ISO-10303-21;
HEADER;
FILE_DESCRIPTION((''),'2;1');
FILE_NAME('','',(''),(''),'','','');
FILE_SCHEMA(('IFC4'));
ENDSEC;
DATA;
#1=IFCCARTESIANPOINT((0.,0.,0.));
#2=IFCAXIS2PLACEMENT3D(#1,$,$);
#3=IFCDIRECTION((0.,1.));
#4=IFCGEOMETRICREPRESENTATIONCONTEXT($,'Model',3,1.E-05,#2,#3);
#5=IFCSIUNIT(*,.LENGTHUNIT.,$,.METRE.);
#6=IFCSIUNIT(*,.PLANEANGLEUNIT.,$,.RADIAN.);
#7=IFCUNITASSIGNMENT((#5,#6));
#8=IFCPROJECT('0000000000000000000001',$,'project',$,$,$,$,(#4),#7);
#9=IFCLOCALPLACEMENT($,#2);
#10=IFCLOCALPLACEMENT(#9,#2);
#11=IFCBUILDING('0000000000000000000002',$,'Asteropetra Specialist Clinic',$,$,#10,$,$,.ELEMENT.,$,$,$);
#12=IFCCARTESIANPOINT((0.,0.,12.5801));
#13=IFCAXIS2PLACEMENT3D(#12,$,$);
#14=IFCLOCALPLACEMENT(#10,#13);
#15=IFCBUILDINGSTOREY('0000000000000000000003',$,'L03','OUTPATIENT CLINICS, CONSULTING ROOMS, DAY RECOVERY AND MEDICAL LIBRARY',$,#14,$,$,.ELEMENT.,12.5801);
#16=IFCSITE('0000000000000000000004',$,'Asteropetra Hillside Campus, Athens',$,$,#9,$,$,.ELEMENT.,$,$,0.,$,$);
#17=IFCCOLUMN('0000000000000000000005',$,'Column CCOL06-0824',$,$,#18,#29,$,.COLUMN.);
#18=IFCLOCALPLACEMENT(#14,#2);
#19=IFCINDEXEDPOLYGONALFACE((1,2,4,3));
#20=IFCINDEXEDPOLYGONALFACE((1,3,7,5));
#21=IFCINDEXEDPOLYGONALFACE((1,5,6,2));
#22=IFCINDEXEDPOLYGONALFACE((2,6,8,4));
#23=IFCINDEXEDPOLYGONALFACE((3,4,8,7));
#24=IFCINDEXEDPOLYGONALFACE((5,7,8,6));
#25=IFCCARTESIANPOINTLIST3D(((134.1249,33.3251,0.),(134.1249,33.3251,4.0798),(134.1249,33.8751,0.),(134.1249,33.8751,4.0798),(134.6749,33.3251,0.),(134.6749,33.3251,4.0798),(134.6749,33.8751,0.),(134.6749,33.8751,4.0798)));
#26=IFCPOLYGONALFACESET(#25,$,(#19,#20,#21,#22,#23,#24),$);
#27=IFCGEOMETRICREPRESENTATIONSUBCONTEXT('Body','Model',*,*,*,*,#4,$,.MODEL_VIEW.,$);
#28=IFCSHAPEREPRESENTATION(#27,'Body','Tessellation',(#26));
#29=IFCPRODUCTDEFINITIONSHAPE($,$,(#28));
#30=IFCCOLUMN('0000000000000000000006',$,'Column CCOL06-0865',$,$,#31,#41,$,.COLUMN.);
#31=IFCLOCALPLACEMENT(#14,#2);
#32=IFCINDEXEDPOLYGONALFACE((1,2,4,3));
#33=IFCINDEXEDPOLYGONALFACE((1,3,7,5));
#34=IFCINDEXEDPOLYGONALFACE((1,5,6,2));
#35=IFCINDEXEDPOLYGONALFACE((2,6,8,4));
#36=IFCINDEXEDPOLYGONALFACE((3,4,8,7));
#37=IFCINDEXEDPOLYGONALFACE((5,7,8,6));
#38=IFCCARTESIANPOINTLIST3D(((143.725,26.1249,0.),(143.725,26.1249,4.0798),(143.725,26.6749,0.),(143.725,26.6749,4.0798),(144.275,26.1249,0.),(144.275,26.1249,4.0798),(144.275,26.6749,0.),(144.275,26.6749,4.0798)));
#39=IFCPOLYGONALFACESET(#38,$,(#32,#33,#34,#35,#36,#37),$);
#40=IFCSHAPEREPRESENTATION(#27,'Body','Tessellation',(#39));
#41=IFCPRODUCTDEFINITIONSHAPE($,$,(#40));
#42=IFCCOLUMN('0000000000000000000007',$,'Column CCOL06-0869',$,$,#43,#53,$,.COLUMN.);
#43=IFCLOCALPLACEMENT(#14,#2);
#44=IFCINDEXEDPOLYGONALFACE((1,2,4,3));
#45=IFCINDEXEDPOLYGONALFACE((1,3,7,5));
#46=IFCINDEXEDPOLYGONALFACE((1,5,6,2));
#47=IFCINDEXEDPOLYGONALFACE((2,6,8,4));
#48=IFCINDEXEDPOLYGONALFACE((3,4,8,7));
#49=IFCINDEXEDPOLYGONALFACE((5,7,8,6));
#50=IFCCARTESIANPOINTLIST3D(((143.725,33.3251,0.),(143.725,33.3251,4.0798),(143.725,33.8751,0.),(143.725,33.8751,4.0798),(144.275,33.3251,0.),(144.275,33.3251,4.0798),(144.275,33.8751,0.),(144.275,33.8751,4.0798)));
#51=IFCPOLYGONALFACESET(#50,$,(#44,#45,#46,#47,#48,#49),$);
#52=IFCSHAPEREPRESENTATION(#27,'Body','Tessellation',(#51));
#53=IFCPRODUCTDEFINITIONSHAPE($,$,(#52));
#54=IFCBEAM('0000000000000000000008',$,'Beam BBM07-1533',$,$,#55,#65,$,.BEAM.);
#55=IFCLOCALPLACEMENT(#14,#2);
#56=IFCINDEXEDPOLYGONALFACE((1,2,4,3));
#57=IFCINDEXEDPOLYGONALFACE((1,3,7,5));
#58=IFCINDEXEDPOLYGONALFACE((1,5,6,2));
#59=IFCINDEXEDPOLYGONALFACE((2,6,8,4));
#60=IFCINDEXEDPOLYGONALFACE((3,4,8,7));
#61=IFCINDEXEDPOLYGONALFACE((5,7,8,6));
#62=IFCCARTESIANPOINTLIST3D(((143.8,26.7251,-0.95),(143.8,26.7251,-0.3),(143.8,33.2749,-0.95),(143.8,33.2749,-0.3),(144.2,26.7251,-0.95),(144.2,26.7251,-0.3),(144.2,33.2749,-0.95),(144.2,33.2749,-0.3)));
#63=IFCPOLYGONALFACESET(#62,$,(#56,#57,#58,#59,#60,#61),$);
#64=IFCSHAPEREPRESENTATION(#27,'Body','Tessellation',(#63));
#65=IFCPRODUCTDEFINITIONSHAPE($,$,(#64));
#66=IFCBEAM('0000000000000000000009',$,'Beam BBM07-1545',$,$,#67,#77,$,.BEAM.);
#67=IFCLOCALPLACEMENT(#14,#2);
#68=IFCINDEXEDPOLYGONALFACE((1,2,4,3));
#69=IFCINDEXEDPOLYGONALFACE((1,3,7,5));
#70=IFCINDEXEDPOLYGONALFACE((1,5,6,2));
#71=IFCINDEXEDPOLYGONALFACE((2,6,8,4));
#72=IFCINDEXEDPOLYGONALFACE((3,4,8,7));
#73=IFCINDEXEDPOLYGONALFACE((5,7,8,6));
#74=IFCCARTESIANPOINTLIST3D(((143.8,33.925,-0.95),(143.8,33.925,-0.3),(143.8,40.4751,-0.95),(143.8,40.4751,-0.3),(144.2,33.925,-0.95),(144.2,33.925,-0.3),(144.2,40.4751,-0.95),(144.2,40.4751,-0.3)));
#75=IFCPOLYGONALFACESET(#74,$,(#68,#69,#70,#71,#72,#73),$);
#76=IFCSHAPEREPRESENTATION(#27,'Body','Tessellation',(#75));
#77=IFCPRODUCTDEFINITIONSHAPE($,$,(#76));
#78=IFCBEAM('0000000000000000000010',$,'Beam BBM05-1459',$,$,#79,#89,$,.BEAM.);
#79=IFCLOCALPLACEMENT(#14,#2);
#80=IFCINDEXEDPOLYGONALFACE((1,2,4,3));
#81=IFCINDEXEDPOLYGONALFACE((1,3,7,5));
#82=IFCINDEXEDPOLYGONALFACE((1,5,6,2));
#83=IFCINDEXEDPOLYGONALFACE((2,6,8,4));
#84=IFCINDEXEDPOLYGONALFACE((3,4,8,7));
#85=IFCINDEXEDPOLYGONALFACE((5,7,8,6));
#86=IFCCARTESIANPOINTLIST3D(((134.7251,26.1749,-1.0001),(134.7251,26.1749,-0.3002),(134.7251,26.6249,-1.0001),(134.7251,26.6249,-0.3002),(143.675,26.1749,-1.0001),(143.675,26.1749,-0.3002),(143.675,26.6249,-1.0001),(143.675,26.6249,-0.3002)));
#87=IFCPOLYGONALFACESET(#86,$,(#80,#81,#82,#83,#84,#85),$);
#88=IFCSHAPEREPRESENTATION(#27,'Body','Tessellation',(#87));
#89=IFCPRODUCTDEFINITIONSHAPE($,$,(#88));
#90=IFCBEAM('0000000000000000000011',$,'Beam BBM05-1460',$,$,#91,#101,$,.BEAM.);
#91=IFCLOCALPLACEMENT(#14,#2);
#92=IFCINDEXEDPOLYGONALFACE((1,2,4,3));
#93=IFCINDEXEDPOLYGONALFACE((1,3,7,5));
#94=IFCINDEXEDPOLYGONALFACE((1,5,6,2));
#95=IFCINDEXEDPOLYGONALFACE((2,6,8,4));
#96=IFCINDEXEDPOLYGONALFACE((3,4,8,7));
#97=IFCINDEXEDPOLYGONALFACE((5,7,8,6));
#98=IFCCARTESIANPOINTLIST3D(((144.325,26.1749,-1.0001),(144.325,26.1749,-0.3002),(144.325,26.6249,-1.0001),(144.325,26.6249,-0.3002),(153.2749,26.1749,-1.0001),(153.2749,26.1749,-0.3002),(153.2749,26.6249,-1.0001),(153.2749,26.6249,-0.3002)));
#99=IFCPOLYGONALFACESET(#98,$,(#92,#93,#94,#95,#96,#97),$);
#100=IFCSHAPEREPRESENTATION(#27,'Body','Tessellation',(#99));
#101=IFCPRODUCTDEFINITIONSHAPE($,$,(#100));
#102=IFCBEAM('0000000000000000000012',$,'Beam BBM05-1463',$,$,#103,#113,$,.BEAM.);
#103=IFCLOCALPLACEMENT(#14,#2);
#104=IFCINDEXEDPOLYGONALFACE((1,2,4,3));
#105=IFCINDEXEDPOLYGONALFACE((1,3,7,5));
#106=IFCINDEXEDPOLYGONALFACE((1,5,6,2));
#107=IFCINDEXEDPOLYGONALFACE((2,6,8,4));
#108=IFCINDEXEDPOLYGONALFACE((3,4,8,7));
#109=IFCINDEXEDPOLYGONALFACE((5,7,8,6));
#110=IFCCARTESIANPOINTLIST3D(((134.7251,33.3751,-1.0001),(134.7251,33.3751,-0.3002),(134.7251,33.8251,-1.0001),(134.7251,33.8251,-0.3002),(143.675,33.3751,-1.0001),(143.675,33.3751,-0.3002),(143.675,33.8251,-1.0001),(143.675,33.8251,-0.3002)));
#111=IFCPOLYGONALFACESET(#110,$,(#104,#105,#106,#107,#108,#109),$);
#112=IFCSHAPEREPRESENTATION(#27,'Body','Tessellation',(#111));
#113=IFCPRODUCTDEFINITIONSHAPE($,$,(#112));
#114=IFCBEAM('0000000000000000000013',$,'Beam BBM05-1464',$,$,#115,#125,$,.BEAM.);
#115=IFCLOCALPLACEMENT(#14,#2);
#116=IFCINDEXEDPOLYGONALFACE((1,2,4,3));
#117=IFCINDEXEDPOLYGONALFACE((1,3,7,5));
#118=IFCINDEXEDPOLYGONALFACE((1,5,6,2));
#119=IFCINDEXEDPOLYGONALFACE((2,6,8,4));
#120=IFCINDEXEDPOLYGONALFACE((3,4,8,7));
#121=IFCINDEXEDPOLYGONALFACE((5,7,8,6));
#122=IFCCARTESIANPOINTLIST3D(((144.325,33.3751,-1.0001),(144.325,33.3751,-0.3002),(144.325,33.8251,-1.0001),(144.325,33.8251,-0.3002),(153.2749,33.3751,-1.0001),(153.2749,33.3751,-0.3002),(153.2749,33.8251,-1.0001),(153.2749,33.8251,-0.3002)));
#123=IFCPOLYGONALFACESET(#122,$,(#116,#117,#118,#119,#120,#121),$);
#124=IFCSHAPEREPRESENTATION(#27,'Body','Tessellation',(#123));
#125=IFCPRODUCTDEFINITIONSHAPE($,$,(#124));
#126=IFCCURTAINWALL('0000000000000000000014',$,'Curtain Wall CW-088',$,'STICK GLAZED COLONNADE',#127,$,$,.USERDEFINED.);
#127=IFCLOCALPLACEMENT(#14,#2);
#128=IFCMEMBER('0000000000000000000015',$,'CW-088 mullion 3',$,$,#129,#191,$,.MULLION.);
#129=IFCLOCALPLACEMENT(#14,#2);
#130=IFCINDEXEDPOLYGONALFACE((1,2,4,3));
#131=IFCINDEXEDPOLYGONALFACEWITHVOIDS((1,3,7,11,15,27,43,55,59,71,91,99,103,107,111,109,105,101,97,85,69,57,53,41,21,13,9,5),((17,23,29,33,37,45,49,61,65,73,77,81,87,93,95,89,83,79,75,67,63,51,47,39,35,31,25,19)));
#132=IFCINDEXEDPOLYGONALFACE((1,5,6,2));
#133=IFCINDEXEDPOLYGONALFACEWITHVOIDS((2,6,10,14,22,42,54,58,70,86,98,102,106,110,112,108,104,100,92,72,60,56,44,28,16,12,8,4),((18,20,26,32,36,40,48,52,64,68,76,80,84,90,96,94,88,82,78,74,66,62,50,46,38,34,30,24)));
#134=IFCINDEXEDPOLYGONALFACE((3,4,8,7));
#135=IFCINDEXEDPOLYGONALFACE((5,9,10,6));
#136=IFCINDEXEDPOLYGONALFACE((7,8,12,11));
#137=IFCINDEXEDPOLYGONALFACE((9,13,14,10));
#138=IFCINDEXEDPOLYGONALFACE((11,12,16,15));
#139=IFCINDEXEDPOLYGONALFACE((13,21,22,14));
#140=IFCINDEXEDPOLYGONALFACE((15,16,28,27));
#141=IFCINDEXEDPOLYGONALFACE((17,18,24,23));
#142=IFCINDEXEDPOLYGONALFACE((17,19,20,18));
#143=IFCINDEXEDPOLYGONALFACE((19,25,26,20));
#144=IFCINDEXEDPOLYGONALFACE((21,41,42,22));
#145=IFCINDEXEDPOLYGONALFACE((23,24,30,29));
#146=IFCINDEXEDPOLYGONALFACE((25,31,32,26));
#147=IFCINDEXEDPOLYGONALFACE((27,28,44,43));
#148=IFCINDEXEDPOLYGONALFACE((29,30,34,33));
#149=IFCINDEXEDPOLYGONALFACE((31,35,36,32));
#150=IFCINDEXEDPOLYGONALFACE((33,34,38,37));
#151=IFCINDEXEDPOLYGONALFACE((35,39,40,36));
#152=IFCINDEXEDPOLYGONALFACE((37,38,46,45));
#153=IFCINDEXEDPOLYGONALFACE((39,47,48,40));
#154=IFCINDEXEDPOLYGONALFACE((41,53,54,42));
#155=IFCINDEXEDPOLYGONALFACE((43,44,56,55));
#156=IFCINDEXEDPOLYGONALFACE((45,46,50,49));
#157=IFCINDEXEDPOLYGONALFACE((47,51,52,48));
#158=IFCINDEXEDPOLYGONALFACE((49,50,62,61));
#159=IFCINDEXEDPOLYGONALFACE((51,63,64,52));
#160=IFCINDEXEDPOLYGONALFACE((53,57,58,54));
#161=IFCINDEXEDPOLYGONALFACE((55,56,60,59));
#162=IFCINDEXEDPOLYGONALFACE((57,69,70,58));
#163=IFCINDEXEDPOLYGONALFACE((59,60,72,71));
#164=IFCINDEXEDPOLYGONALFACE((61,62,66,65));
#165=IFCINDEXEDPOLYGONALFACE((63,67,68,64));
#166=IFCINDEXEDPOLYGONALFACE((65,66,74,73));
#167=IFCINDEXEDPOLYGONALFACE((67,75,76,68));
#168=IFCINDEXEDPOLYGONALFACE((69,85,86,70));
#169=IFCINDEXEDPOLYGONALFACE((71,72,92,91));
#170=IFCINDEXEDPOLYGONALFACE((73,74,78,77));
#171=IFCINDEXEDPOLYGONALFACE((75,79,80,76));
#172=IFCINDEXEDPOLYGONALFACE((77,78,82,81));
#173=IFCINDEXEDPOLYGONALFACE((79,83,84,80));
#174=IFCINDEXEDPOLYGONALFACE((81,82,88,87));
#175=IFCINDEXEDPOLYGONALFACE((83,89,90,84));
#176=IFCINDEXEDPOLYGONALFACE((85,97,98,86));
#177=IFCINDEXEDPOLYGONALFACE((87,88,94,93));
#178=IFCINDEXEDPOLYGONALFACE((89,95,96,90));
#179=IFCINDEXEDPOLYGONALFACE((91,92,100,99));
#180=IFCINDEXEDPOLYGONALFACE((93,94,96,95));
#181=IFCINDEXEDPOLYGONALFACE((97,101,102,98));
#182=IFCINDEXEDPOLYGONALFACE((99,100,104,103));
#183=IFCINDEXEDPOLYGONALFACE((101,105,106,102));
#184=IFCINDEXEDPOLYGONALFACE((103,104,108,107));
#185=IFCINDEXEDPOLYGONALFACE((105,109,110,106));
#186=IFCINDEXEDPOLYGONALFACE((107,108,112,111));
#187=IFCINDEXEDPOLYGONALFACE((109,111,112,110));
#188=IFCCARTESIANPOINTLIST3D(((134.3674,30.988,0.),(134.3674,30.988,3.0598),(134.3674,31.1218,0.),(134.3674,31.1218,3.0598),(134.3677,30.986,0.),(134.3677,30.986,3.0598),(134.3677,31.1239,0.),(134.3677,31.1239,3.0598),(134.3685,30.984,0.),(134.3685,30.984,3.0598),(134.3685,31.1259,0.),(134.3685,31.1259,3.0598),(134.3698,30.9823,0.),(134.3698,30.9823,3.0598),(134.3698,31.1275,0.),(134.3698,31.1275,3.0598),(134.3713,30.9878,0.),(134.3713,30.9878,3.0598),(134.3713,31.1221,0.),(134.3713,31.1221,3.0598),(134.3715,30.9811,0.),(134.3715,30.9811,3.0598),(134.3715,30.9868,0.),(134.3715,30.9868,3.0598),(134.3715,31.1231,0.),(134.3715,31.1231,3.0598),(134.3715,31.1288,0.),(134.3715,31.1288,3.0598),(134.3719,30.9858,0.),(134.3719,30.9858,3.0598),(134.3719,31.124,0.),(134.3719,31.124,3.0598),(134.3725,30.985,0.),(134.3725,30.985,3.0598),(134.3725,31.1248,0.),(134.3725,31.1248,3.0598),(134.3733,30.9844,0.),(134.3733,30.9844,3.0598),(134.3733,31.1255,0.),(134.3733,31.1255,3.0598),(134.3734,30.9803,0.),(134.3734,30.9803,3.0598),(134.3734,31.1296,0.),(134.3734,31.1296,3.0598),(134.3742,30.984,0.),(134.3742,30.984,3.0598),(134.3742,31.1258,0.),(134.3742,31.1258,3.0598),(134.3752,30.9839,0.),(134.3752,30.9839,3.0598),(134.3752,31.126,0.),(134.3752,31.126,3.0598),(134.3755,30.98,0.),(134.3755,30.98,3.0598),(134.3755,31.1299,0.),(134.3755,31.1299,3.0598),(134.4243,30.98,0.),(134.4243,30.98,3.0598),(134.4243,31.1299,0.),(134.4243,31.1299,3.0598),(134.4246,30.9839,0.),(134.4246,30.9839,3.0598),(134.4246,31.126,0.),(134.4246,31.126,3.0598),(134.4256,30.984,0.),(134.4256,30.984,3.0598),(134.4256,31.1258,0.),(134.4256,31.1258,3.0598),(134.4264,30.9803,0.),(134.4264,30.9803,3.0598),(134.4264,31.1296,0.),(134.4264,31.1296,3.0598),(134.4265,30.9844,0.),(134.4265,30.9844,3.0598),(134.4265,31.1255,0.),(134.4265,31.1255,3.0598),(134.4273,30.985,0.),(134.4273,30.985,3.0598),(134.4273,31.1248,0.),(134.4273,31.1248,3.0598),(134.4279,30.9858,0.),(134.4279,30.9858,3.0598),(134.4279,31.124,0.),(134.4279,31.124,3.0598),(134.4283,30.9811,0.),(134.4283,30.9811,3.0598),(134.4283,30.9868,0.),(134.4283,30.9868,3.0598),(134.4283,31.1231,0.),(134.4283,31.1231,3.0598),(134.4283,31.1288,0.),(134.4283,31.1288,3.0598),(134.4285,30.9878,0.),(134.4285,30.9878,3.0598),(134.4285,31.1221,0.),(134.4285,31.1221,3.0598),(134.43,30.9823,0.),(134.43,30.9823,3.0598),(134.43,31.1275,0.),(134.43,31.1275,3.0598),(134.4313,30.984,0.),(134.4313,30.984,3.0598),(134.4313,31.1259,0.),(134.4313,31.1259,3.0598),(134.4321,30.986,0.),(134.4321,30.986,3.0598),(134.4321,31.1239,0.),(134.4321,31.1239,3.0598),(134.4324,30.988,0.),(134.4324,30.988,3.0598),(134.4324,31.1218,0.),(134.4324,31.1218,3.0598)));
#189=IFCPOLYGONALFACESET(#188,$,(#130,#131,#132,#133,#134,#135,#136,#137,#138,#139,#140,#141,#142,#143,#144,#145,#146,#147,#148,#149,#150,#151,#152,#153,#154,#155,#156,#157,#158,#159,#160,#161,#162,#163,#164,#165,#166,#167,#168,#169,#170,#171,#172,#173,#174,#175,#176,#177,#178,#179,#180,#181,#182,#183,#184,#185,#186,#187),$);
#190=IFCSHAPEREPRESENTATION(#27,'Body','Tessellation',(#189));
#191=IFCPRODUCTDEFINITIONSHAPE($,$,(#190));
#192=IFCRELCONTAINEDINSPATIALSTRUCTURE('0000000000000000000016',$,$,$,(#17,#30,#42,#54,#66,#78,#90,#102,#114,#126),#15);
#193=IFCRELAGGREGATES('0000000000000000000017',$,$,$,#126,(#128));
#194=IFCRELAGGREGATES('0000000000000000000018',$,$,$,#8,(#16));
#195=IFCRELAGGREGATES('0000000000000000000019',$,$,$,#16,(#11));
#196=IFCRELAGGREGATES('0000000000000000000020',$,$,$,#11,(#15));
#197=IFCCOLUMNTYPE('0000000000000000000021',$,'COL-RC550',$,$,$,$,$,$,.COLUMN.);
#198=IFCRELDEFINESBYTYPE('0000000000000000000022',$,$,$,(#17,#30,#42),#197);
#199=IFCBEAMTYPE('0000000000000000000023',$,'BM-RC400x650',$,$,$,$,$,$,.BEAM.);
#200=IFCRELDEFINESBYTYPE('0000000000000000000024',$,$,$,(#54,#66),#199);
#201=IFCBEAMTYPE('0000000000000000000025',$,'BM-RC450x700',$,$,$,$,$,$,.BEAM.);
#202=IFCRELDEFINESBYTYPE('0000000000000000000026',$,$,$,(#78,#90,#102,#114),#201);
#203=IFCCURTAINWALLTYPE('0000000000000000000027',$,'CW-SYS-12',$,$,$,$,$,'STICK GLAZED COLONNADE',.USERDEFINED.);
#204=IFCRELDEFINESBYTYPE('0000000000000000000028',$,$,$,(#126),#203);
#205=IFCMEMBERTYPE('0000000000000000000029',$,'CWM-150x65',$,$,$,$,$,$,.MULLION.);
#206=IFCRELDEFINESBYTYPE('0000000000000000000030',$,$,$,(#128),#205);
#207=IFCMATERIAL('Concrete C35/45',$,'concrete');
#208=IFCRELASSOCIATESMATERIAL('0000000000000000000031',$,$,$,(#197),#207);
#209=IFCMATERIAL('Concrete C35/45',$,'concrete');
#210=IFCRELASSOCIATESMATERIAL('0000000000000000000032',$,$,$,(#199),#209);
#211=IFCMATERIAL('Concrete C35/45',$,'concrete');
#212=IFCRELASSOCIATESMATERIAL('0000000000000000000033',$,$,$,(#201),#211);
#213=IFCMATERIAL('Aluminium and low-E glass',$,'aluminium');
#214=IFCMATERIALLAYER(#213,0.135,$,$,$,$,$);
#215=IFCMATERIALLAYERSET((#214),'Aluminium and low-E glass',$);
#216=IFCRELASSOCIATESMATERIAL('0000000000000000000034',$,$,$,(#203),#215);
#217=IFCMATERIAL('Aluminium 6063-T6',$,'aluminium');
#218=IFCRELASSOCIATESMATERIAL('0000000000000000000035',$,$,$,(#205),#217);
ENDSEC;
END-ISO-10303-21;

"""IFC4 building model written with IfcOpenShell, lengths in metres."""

from ifc_helpers import new_model, si_unit, direction, frame, origin, origin_2d, place, context, subcontext, project, spatial, rectangle, hollow_rectangle, extrude, material, layer, layer_set, material_profile, profile_set, type_object, element, aggregate, save


model = new_model("IFC4")

# Units and contexts
model_context = context("Model", 3, precision=1e-05, world=origin(), true_north=direction((0.0, 1.0)))
body_context = subcontext(model_context, "Body", "Model", "MODEL_VIEW")
ifc_project = project(units=[si_unit("LENGTHUNIT", "METRE"), si_unit("PLANEANGLEUNIT", "RADIAN")], contexts=[model_context])

# Site, building, storey
site_placement = place(None, origin())
site = spatial("IfcSite", under=ifc_project, at=site_placement, Name="Asteropetra Hillside Campus, Athens", CompositionType="ELEMENT", RefElevation=0.0)
building_placement = place(site_placement, origin())
building = spatial("IfcBuilding", under=site, at=building_placement, Name="Asteropetra Specialist Clinic", CompositionType="ELEMENT")
storey_placement = place(building_placement, frame((0.0, 0.0, 12.5801)))
storey = spatial("IfcBuildingStorey", under=building, at=storey_placement, Name="L03", Description="OUTPATIENT CLINICS, CONSULTING ROOMS, DAY RECOVERY AND MEDICAL LIBRARY", CompositionType="ELEMENT", Elevation=12.5801)

# Columns
ifc_material_1 = material(Name="Concrete C35/45", Category="concrete")
ifc_material_profile_1 = material_profile(ifc_material_1, rectangle(XDim=0.55, YDim=0.55, at=origin_2d()), Name="RC 550x550")
ifc_profile_set_1 = profile_set([ifc_material_profile_1], Name="Concrete C35/45")
column_type = type_object("IfcColumnType", Name="COL-RC550", PredefinedType="COLUMN", material=ifc_profile_set_1)
for number, where, z_axis, x_axis, name in (
    (1, (134.3999, 33.6001, 0.0), (0.0, 0.0, 1.0), (1.0, 0.0, 0.0), "Column CCOL06-0824"),
    (2, (144.0, 26.3999, 0.0), (0.0, 0.0, 1.0), (1.0, 0.0, 0.0), "Column CCOL06-0865"),
    (3, (144.0, 33.6001, 0.0), (0.0, 0.0, 1.0), (1.0, 0.0, 0.0), "Column CCOL06-0869"),
):
    element("IfcColumn", number, at=place(storey_placement, frame(where, z_axis=z_axis, x_axis=x_axis)), inside=storey, type_object=column_type, Name=name, PredefinedType="COLUMN", context=body_context, shape_type="SweptSolid", body=[
        extrude(rectangle(XDim=0.55, YDim=0.55, at=origin_2d()), origin(), (0.0, 0.0, 1.0), 4.0798),
    ])

# Beams
ifc_material_2 = material(Name="Concrete C35/45", Category="concrete")
ifc_material_profile_2 = material_profile(ifc_material_2, rectangle(XDim=0.3999, YDim=0.6499, at=origin_2d()), Name="RCB 400x650")
ifc_profile_set_2 = profile_set([ifc_material_profile_2], Name="Concrete C35/45")
beam_type_1 = type_object("IfcBeamType", Name="BM-RC400x650", PredefinedType="BEAM", material=ifc_profile_set_2)
beam_1_placement = place(storey_placement, frame((144.0, 26.7251, -0.625), z_axis=(0.0, 1.0, 0.0), x_axis=(-1.0, 0.0, 0.0)))
element("IfcBeam", 4, at=beam_1_placement, inside=storey, type_object=beam_type_1, Name="Beam BBM07-1533", PredefinedType="BEAM", context=body_context, shape_type="SweptSolid", body=[
    extrude(rectangle(XDim=0.3999, YDim=0.6499, at=origin_2d()), origin(), (0.0, 0.0, 1.0), 6.5498),
])
beam_2_placement = place(storey_placement, frame((144.0, 33.925, -0.625), z_axis=(0.0, 1.0, 0.0), x_axis=(-1.0, 0.0, 0.0)))
element("IfcBeam", 5, at=beam_2_placement, inside=storey, type_object=beam_type_1, Name="Beam BBM07-1545", PredefinedType="BEAM", context=body_context, shape_type="SweptSolid", body=[
    extrude(rectangle(XDim=0.3999, YDim=0.6499, at=origin_2d()), origin(), (0.0, 0.0, 1.0), 6.55),
])
ifc_material_3 = material(Name="Concrete C35/45", Category="concrete")
ifc_material_profile_3 = material_profile(ifc_material_3, rectangle(XDim=0.45, YDim=0.7, at=origin_2d()), Name="RCB 450x700")
ifc_profile_set_3 = profile_set([ifc_material_profile_3], Name="Concrete C35/45")
beam_type_2 = type_object("IfcBeamType", Name="BM-RC450x700", PredefinedType="BEAM", material=ifc_profile_set_3)
for number, where, z_axis, x_axis, name in (
    (6, (134.7251, 26.3999, -0.6501), (1.0, 0.0, 0.0), (0.0, 1.0, 0.0), "Beam BBM05-1459"),
    (7, (144.325, 26.3999, -0.6501), (1.0, 0.0, 0.0), (0.0, 1.0, 0.0), "Beam BBM05-1460"),
    (8, (134.7251, 33.6001, -0.6501), (1.0, 0.0, 0.0), (0.0, 1.0, 0.0), "Beam BBM05-1463"),
    (9, (144.325, 33.6001, -0.6501), (1.0, 0.0, 0.0), (0.0, 1.0, 0.0), "Beam BBM05-1464"),
):
    element("IfcBeam", number, at=place(storey_placement, frame(where, z_axis=z_axis, x_axis=x_axis)), inside=storey, type_object=beam_type_2, Name=name, PredefinedType="BEAM", context=body_context, shape_type="SweptSolid", body=[
        extrude(rectangle(XDim=0.45, YDim=0.7, at=origin_2d()), origin(), (0.0, 0.0, 1.0), 8.95),
    ])

# Curtain wall, member
ifc_material_4 = material(Name="Aluminium and low-E glass", Category="aluminium")
ifc_layer_1 = layer(ifc_material_4, 0.135)
ifc_layer_set_1 = layer_set([ifc_layer_1], Name="Aluminium and low-E glass")
curtain_wall_type = type_object("IfcCurtainWallType", Name="CW-SYS-12", ElementType="STICK GLAZED COLONNADE", PredefinedType="USERDEFINED", material=ifc_layer_set_1)
curtain_wall_placement = place(storey_placement, origin())
curtain_wall = element("IfcCurtainWall", 10, at=curtain_wall_placement, inside=storey, type_object=curtain_wall_type, Name="Curtain Wall CW-088", ObjectType="STICK GLAZED COLONNADE", PredefinedType="USERDEFINED")
ifc_material_5 = material(Name="Aluminium 6063-T6", Category="aluminium")
ifc_material_profile_4 = material_profile(ifc_material_5, hollow_rectangle(XDim=0.0649, YDim=0.1499, WallThickness=0.0039, InnerFilletRadius=0.0039, OuterFilletRadius=0.0081, at=origin_2d()), Name="MUL 150x65x4.0")
ifc_profile_set_4 = profile_set([ifc_material_profile_4], Name="Aluminium 6063-T6")
member_type_1 = type_object("IfcMemberType", Name="CWM-150x65", PredefinedType="MULLION", material=ifc_profile_set_4)
member_1_placement = place(storey_placement, frame((134.3999, 31.0549, 0.0), z_axis=(0.0, 0.0, 1.0), x_axis=(-1.0, 0.0, 0.0)))
member_1 = element("IfcMember", 11, at=member_1_placement, type_object=member_type_1, Name="CW-088 mullion 3", PredefinedType="MULLION", context=body_context, shape_type="SweptSolid", body=[
    extrude(hollow_rectangle(XDim=0.0649, YDim=0.1499, WallThickness=0.0039, InnerFilletRadius=0.0039, OuterFilletRadius=0.0081, at=origin_2d()), origin(), (0.0, 0.0, 1.0), 3.0598),
])

aggregate(curtain_wall, [member_1])

save(model, "model.ifc")
